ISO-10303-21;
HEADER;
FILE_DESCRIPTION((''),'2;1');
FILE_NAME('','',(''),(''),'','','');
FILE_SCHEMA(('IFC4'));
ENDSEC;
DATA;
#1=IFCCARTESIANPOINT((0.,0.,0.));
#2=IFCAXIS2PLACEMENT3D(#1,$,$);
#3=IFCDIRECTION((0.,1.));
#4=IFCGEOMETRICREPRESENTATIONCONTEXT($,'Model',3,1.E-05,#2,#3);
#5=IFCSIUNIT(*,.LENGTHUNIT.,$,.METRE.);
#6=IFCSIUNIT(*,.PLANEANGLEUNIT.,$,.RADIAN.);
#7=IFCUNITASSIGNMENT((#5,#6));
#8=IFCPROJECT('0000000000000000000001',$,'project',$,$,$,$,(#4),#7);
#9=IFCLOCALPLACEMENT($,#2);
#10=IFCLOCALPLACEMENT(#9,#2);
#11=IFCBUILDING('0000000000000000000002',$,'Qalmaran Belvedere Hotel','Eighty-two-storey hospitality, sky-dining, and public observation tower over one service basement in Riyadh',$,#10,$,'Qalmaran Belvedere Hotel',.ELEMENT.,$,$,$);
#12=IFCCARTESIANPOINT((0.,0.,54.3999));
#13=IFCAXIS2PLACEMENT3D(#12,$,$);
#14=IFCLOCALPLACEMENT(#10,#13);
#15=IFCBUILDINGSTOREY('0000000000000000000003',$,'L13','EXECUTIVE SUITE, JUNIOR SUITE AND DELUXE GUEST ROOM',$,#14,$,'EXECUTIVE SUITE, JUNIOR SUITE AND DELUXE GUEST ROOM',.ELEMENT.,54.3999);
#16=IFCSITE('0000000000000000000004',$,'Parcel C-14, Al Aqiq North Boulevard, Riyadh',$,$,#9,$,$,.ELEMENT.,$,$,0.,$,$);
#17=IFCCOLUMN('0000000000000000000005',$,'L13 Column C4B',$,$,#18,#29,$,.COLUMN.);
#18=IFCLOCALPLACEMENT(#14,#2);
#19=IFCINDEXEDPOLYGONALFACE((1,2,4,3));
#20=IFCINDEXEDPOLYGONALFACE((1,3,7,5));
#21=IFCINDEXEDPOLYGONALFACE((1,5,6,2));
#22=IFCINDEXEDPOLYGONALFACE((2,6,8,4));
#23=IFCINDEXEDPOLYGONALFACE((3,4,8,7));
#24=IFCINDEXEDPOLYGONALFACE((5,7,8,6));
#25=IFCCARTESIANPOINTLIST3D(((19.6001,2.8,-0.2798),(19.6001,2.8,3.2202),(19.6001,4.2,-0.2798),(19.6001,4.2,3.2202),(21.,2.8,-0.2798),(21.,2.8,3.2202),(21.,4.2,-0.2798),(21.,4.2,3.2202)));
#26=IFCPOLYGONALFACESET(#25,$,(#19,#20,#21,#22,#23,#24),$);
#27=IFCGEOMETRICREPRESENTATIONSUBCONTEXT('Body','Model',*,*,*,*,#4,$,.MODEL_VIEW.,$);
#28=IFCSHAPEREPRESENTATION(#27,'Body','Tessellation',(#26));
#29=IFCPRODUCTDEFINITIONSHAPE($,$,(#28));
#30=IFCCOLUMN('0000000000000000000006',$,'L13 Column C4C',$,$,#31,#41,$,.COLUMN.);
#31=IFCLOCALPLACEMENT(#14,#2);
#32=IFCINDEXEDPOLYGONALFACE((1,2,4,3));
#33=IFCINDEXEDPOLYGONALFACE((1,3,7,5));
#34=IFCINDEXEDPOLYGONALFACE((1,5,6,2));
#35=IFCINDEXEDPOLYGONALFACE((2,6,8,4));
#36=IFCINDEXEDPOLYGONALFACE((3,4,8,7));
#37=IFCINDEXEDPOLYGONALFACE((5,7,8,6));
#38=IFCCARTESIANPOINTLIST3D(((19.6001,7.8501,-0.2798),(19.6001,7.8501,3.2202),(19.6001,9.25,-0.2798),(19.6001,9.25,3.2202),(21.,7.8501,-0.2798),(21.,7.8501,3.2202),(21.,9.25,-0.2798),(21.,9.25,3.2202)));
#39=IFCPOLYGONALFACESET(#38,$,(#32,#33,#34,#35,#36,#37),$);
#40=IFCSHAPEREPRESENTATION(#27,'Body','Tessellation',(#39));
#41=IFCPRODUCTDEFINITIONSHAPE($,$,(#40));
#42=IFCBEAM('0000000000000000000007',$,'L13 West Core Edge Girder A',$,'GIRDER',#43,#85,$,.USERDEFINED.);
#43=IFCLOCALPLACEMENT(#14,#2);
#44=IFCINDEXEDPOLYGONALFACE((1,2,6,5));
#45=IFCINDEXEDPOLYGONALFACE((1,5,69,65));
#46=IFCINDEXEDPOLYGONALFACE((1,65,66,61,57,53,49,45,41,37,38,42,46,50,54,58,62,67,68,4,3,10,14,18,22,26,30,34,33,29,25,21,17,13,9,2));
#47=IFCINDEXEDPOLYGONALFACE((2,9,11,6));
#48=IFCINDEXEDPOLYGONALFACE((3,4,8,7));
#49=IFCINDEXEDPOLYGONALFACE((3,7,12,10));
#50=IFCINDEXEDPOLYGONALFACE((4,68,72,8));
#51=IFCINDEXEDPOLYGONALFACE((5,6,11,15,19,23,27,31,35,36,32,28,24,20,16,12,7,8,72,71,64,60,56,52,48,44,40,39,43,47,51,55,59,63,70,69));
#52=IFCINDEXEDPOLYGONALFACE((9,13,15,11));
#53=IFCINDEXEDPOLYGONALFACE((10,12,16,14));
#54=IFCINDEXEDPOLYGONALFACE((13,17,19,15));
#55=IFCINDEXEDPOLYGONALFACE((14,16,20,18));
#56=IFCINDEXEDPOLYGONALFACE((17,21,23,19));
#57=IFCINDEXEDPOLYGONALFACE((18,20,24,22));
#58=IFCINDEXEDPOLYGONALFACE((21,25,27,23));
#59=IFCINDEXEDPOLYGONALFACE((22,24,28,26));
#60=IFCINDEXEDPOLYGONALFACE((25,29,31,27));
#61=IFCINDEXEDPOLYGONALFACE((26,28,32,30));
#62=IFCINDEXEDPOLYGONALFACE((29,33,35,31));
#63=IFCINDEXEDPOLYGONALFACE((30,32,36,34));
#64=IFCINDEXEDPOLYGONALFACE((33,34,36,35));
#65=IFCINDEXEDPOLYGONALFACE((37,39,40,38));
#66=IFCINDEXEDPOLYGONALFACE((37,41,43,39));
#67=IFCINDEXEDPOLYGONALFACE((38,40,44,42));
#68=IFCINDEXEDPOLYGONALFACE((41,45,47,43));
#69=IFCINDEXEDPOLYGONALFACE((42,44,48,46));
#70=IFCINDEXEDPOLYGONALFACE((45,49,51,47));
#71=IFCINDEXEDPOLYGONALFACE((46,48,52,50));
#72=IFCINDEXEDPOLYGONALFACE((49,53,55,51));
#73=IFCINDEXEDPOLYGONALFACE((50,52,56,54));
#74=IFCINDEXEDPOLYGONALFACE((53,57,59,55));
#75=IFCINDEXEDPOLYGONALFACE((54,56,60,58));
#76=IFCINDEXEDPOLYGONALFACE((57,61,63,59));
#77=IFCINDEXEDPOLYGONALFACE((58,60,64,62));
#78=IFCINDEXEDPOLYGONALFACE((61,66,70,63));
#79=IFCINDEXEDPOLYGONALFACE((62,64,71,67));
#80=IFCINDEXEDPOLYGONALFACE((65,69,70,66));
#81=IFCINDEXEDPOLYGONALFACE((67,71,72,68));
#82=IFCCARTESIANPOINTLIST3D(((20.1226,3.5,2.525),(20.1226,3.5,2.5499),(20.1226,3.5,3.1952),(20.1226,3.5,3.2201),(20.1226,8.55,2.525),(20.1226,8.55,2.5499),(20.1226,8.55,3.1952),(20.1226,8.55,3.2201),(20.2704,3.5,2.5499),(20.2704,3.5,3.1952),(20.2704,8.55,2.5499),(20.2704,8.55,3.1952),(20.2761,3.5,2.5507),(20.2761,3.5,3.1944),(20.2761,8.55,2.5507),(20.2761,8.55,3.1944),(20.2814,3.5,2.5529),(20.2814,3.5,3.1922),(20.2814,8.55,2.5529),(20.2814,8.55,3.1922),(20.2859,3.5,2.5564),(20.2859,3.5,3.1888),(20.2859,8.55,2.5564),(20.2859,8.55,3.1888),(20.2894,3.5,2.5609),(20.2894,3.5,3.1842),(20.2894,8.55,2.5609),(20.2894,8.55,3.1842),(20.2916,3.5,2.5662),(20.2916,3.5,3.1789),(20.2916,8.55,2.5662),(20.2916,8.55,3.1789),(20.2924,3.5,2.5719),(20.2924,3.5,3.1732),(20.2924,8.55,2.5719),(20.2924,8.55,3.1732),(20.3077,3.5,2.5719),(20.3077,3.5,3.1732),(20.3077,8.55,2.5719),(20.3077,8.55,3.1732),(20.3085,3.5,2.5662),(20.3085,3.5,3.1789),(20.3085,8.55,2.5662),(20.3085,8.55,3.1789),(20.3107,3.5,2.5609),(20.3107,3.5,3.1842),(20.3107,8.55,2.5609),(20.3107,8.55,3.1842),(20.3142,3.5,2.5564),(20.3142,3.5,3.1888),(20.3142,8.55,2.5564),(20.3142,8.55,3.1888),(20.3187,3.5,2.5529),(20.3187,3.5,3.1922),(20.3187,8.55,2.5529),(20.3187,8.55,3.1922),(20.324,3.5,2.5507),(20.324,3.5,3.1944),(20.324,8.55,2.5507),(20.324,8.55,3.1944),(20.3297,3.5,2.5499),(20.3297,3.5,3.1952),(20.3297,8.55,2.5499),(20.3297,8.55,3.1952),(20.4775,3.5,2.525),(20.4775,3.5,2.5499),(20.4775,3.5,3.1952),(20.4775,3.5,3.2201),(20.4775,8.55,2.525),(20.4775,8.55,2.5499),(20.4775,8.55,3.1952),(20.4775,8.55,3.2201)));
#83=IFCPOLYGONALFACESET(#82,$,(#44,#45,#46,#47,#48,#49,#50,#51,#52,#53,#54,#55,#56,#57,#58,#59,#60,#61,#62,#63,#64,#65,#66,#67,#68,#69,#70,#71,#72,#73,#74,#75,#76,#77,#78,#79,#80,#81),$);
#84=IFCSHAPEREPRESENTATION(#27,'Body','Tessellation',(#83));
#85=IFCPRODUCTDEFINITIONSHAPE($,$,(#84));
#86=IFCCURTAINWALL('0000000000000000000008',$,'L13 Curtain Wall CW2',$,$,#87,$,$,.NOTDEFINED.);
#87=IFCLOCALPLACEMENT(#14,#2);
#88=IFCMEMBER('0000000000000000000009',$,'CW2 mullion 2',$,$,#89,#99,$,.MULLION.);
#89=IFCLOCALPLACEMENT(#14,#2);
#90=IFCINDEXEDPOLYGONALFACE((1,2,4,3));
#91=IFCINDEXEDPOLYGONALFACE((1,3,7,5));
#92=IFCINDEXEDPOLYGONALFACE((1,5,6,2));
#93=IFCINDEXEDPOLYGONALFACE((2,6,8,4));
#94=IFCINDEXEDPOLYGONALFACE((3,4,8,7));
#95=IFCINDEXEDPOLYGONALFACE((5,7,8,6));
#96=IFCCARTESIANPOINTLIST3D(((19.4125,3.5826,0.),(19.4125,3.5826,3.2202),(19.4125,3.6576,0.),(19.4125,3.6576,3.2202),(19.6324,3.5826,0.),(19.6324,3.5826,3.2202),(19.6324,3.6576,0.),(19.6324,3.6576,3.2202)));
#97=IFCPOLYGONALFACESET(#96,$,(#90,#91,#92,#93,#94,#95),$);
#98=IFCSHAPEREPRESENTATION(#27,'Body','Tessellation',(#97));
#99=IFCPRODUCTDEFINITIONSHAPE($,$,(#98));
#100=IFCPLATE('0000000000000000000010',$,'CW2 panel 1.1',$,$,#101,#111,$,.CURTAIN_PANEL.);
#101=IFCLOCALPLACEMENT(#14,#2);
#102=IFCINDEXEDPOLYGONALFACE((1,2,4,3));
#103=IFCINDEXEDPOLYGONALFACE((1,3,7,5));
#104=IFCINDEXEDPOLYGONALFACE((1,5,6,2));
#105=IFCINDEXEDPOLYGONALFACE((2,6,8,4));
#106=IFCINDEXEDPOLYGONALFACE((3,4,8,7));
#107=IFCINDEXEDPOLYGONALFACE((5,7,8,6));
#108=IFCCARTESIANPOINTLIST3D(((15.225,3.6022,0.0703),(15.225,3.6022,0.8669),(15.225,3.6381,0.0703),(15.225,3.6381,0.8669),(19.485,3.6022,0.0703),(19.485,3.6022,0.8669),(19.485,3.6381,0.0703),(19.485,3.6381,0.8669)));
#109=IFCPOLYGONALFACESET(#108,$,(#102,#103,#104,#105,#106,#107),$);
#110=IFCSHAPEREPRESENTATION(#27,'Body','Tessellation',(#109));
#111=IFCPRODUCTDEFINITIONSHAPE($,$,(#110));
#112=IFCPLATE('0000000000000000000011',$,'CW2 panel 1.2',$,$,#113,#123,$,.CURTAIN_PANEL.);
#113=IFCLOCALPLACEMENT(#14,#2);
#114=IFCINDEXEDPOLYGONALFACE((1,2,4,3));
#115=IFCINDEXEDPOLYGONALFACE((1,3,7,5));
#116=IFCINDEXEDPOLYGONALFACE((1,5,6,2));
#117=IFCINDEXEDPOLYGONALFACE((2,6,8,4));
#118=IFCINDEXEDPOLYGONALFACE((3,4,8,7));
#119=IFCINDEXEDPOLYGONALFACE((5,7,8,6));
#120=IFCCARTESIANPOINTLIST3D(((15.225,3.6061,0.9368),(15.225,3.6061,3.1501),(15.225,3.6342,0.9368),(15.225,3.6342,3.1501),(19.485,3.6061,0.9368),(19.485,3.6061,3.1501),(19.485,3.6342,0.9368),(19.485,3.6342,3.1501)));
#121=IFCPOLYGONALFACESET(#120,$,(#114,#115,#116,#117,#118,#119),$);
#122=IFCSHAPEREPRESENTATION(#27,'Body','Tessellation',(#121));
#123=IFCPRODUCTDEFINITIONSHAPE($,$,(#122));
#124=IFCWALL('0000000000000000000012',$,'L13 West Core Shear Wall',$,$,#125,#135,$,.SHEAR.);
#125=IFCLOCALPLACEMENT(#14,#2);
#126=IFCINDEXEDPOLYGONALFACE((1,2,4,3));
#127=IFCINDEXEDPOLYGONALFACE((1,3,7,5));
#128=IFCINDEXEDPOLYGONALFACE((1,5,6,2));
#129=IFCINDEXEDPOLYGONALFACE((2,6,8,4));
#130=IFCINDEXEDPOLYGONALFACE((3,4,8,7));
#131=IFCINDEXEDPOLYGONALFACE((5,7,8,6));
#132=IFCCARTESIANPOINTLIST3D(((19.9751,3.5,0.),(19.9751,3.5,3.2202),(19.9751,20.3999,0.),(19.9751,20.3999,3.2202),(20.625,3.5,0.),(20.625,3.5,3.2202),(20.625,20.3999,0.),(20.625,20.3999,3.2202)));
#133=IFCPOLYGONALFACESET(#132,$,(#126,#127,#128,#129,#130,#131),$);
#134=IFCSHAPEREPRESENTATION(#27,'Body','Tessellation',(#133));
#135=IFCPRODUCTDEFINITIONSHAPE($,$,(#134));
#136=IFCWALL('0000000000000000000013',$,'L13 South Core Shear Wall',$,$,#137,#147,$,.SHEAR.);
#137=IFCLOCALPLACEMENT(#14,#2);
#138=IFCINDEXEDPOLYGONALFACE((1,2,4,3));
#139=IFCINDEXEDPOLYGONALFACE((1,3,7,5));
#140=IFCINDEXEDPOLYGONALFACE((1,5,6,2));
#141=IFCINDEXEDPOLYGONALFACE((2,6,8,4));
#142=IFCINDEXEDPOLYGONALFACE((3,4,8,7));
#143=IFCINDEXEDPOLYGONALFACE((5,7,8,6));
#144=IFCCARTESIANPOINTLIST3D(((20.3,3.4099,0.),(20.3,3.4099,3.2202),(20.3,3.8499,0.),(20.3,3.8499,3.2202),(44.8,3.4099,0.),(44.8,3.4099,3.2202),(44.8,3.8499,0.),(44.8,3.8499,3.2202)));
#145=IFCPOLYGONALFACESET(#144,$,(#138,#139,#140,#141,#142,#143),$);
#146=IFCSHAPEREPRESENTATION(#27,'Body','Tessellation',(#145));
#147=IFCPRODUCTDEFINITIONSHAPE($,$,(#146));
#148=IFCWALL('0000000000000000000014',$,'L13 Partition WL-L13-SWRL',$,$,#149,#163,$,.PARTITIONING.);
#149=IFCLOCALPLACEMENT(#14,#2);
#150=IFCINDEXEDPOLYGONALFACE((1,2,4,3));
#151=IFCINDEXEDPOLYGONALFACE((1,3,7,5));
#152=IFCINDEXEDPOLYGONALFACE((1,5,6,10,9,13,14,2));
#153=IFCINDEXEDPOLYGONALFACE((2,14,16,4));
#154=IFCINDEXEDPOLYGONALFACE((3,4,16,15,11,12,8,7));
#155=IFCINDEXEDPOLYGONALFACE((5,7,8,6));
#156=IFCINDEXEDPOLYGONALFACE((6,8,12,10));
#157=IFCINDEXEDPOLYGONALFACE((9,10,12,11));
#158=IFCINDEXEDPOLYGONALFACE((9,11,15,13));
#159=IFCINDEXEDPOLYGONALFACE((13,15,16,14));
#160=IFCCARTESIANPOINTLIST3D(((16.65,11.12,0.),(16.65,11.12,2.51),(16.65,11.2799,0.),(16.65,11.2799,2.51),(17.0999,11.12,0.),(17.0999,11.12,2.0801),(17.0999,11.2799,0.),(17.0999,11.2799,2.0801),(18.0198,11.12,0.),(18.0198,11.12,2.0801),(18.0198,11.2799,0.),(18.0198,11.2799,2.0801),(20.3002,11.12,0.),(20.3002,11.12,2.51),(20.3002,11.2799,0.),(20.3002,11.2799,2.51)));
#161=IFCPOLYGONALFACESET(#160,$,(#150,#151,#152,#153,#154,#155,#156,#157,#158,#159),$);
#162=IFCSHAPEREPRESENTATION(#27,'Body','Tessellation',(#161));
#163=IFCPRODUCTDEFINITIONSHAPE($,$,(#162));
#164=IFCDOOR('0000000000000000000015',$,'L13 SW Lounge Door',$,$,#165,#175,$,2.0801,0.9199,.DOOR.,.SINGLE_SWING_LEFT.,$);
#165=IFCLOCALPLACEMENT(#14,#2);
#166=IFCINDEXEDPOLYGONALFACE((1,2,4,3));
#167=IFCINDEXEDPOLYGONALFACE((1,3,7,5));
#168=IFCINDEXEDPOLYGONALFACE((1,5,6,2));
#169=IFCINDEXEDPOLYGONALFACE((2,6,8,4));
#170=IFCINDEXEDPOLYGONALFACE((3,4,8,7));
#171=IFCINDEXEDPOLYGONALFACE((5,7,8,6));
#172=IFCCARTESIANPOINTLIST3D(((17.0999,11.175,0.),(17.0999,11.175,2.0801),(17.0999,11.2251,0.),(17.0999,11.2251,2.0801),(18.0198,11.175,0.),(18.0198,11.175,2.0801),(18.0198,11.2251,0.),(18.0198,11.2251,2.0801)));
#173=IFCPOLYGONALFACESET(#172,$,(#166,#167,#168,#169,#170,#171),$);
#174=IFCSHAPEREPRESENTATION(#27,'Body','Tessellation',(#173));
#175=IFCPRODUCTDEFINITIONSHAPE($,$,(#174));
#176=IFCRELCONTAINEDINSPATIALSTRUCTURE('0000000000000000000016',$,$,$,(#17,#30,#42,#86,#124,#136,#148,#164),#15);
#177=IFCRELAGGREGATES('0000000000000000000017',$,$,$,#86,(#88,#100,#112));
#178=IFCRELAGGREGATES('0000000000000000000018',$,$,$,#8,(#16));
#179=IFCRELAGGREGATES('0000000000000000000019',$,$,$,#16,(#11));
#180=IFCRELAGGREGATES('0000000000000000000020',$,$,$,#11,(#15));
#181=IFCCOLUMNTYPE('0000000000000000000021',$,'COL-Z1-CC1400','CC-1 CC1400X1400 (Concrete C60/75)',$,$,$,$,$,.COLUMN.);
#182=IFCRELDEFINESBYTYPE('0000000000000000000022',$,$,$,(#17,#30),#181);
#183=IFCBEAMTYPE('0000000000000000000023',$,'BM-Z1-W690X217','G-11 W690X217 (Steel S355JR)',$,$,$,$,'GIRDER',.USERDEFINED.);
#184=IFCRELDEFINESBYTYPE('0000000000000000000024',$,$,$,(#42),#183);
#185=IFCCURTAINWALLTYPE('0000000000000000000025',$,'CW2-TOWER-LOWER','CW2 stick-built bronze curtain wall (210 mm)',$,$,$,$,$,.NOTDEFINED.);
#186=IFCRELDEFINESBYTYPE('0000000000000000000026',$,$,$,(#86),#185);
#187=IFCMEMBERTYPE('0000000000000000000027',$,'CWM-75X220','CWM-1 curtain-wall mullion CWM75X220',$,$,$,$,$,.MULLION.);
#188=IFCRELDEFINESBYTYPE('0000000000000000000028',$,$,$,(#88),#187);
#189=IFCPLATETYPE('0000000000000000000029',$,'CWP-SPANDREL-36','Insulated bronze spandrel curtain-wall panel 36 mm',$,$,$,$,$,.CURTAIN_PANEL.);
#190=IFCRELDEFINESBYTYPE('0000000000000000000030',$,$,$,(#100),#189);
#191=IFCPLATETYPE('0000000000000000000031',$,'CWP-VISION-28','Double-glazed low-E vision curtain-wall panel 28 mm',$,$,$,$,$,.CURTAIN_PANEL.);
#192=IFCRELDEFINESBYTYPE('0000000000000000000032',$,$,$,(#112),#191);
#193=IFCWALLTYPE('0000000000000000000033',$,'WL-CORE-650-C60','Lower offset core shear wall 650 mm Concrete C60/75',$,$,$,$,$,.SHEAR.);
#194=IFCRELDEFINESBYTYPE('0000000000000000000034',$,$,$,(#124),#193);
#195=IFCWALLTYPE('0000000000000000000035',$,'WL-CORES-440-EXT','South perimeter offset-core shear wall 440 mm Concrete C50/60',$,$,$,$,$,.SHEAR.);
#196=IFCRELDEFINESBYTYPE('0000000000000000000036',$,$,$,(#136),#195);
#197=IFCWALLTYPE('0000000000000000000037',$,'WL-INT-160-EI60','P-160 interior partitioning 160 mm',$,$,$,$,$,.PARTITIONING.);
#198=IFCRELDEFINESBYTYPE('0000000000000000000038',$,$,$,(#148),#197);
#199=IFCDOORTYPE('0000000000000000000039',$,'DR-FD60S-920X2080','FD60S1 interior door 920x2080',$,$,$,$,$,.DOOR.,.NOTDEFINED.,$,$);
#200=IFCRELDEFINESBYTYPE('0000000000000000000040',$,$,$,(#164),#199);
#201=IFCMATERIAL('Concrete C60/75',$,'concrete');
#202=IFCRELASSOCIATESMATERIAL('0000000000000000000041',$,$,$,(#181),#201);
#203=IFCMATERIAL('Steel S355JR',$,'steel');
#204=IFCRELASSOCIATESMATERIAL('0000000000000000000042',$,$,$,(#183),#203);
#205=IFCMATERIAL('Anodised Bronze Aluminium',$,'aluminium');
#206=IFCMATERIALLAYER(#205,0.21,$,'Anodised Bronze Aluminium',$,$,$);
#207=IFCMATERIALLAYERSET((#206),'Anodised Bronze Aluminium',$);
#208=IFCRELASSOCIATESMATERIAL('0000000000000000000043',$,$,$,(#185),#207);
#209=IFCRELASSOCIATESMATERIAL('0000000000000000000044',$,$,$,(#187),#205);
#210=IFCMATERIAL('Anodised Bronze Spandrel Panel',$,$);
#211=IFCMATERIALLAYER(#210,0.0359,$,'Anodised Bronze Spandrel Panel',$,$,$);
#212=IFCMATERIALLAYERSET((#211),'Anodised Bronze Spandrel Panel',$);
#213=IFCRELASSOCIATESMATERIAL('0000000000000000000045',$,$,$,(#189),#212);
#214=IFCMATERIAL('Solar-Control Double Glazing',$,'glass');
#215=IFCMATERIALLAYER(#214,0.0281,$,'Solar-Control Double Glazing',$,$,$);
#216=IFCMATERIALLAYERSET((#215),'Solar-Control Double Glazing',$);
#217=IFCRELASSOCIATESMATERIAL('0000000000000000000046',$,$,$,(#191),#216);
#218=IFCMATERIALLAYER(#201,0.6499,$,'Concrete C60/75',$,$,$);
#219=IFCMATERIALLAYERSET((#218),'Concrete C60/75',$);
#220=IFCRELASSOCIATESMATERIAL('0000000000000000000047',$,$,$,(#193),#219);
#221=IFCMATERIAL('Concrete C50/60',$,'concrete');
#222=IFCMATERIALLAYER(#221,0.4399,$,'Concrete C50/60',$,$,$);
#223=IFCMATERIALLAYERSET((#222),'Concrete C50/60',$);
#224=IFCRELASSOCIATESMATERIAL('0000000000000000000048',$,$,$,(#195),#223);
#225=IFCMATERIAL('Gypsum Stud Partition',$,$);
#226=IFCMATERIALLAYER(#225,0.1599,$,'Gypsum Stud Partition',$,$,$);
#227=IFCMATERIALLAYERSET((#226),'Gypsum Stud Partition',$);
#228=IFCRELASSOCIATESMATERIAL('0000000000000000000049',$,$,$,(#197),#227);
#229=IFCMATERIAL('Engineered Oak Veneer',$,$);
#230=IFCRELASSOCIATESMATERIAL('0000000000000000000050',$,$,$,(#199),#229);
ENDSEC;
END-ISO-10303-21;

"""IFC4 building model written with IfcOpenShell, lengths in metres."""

from ifc_helpers import new_model, si_unit, direction, frame, frame_2d, origin, origin_2d, place, context, subcontext, project, spatial, rectangle, i_section, extrude, material, layer, layer_set, material_profile, profile_set, type_object, element, fill, aggregate, save


model = new_model("IFC4")

# Units and contexts
model_context = context("Model", 3, precision=1e-05, world=origin(), true_north=direction((0.0, 1.0)))
body_context = subcontext(model_context, "Body", "Model", "MODEL_VIEW")
ifc_project = project(units=[si_unit("LENGTHUNIT", "METRE"), si_unit("PLANEANGLEUNIT", "RADIAN")], contexts=[model_context])

# Site, building, storey
site_placement = place(None, origin())
site = spatial("IfcSite", under=ifc_project, at=site_placement, Name="Parcel C-14, Al Aqiq North Boulevard, Riyadh", CompositionType="ELEMENT", RefElevation=0.0)
building_placement = place(site_placement, origin())
building = spatial("IfcBuilding", under=site, at=building_placement, Name="Qalmaran Belvedere Hotel", Description="Eighty-two-storey hospitality, sky-dining, and public observation tower over one service basement in Riyadh", LongName="Qalmaran Belvedere Hotel", CompositionType="ELEMENT")
storey_placement = place(building_placement, frame((0.0, 0.0, 54.3999)))
storey = spatial("IfcBuildingStorey", under=building, at=storey_placement, Name="L13", Description="EXECUTIVE SUITE, JUNIOR SUITE AND DELUXE GUEST ROOM", LongName="EXECUTIVE SUITE, JUNIOR SUITE AND DELUXE GUEST ROOM", CompositionType="ELEMENT", Elevation=54.3999)

# Columns
ifc_material_1 = material(Name="Concrete C60/75", Category="concrete")
ifc_material_profile_1 = material_profile(ifc_material_1, rectangle(XDim=1.3999, YDim=1.3999, at=origin_2d()), Name="CC1400X1400")
ifc_profile_set_1 = profile_set([ifc_material_profile_1], Name="Concrete C60/75")
column_type = type_object("IfcColumnType", Name="COL-Z1-CC1400", Description="CC-1 CC1400X1400 (Concrete C60/75)", PredefinedType="COLUMN", material=ifc_profile_set_1)
for number, where, z_axis, x_axis, name in (
    (1, (20.3, 3.5, -0.2798), (0.0, 0.0, 1.0), (1.0, 0.0, 0.0), "L13 Column C4B"),
    (2, (20.3, 8.55, -0.2798), (0.0, 0.0, 1.0), (1.0, 0.0, 0.0), "L13 Column C4C"),
):
    element("IfcColumn", number, at=place(storey_placement, frame(where, z_axis=z_axis, x_axis=x_axis)), inside=storey, type_object=column_type, Name=name, PredefinedType="COLUMN", context=body_context, shape_type="SweptSolid", body=[
        extrude(rectangle(XDim=1.3999, YDim=1.3999, at=origin_2d()), origin(), (0.0, 0.0, 1.0), 3.5),
    ])

# Beam
ifc_material_2 = material(Name="Steel S355JR", Category="steel")
ifc_material_profile_2 = material_profile(ifc_material_2, i_section(OverallWidth=0.355, OverallDepth=0.6951, WebThickness=0.0154, FlangeThickness=0.0249, FilletRadius=0.022, at=origin_2d()), Name="W690X217")
ifc_profile_set_2 = profile_set([ifc_material_profile_2], Name="Steel S355JR")
beam_type = type_object("IfcBeamType", Name="BM-Z1-W690X217", Description="G-11 W690X217 (Steel S355JR)", ElementType="GIRDER", PredefinedType="USERDEFINED", material=ifc_profile_set_2)
beam_placement = place(storey_placement, frame((20.3, 3.5, 2.8726), z_axis=(0.0, 1.0, 0.0), x_axis=(-1.0, 0.0, 0.0)))
element("IfcBeam", 3, at=beam_placement, inside=storey, type_object=beam_type, Name="L13 West Core Edge Girder A", ObjectType="GIRDER", PredefinedType="USERDEFINED", context=body_context, shape_type="SweptSolid", body=[
    extrude(i_section(OverallWidth=0.355, OverallDepth=0.6951, WebThickness=0.0154, FlangeThickness=0.0249, FilletRadius=0.022, at=origin_2d()), origin(), (0.0, 0.0, 1.0), 5.05),
])

# Curtain wall, member, plates
ifc_material_3 = material(Name="Anodised Bronze Aluminium", Category="aluminium")
ifc_layer_1 = layer(ifc_material_3, 0.21, Name="Anodised Bronze Aluminium")
ifc_layer_set_1 = layer_set([ifc_layer_1], Name="Anodised Bronze Aluminium")
curtain_wall_type = type_object("IfcCurtainWallType", Name="CW2-TOWER-LOWER", Description="CW2 stick-built bronze curtain wall (210 mm)", PredefinedType="NOTDEFINED", material=ifc_layer_set_1)
curtain_wall_placement = place(storey_placement, origin())
curtain_wall = element("IfcCurtainWall", 4, at=curtain_wall_placement, inside=storey, type_object=curtain_wall_type, Name="L13 Curtain Wall CW2", PredefinedType="NOTDEFINED")
ifc_material_profile_3 = material_profile(ifc_material_3, rectangle(XDim=0.075, YDim=0.22, at=origin_2d()), Name="CWM75X220")
ifc_profile_set_3 = profile_set([ifc_material_profile_3], Name="Anodised Bronze Aluminium")
member_type = type_object("IfcMemberType", Name="CWM-75X220", Description="CWM-1 curtain-wall mullion CWM75X220", PredefinedType="MULLION", material=ifc_profile_set_3)
member_placement = place(storey_placement, frame((19.5225, 3.6201, 0.0), z_axis=(0.0, 0.0, 1.0), x_axis=(0.0, 1.0, 0.0)))
member = element("IfcMember", 5, at=member_placement, type_object=member_type, Name="CW2 mullion 2", PredefinedType="MULLION", context=body_context, shape_type="SweptSolid", body=[
    extrude(rectangle(XDim=0.075, YDim=0.22, at=origin_2d()), origin(), (0.0, 0.0, 1.0), 3.2202),
])
ifc_material_4 = material(Name="Anodised Bronze Spandrel Panel")
ifc_layer_2 = layer(ifc_material_4, 0.0359, Name="Anodised Bronze Spandrel Panel")
ifc_layer_set_2 = layer_set([ifc_layer_2], Name="Anodised Bronze Spandrel Panel")
plate_type_1 = type_object("IfcPlateType", Name="CWP-SPANDREL-36", Description="Insulated bronze spandrel curtain-wall panel 36 mm", PredefinedType="CURTAIN_PANEL", material=ifc_layer_set_2)
plate_1_placement = place(storey_placement, frame((17.355, 3.6201, 0.0703), z_axis=(0.0, 0.0, 1.0), x_axis=(1.0, 0.0, 0.0)))
plate_1 = element("IfcPlate", 6, at=plate_1_placement, type_object=plate_type_1, Name="CW2 panel 1.1", PredefinedType="CURTAIN_PANEL", context=body_context, shape_type="SweptSolid", body=[
    extrude(rectangle(XDim=4.26, YDim=0.0359, at=origin_2d()), origin(), (0.0, 0.0, 1.0), 0.7966),
])
ifc_material_5 = material(Name="Solar-Control Double Glazing", Category="glass")
ifc_layer_3 = layer(ifc_material_5, 0.0281, Name="Solar-Control Double Glazing")
ifc_layer_set_3 = layer_set([ifc_layer_3], Name="Solar-Control Double Glazing")
plate_type_2 = type_object("IfcPlateType", Name="CWP-VISION-28", Description="Double-glazed low-E vision curtain-wall panel 28 mm", PredefinedType="CURTAIN_PANEL", material=ifc_layer_set_3)
plate_2_placement = place(storey_placement, frame((17.355, 3.6201, 0.9368), z_axis=(0.0, 0.0, 1.0), x_axis=(1.0, 0.0, 0.0)))
plate_2 = element("IfcPlate", 7, at=plate_2_placement, type_object=plate_type_2, Name="CW2 panel 1.2", PredefinedType="CURTAIN_PANEL", context=body_context, shape_type="SweptSolid", body=[
    extrude(rectangle(XDim=4.26, YDim=0.0281, at=origin_2d()), origin(), (0.0, 0.0, 1.0), 2.2134),
])
aggregate(curtain_wall, [member, plate_1, plate_2])

# Walls
ifc_layer_4 = layer(ifc_material_1, 0.6499, Name="Concrete C60/75")
ifc_layer_set_4 = layer_set([ifc_layer_4], Name="Concrete C60/75")
wall_type_1 = type_object("IfcWallType", Name="WL-CORE-650-C60", Description="Lower offset core shear wall 650 mm Concrete C60/75", PredefinedType="SHEAR", material=ifc_layer_set_4)
wall_1_placement = place(storey_placement, frame((20.3, 3.5, 0.0), z_axis=(0.0, 0.0, 1.0), x_axis=(0.0, 1.0, 0.0)))
element("IfcWall", 8, at=wall_1_placement, inside=storey, type_object=wall_type_1, Name="L13 West Core Shear Wall", PredefinedType="SHEAR", context=body_context, shape_type="SweptSolid", body=[
    extrude(rectangle(XDim=16.8999, YDim=0.6499, at=frame_2d((8.45, 0.0))), origin(), (0.0, 0.0, 1.0), 3.2202),
])
ifc_material_6 = material(Name="Concrete C50/60", Category="concrete")
ifc_layer_5 = layer(ifc_material_6, 0.4399, Name="Concrete C50/60")
ifc_layer_set_5 = layer_set([ifc_layer_5], Name="Concrete C50/60")
wall_type_2 = type_object("IfcWallType", Name="WL-CORES-440-EXT", Description="South perimeter offset-core shear wall 440 mm Concrete C50/60", PredefinedType="SHEAR", material=ifc_layer_set_5)
wall_2_placement = place(storey_placement, frame((20.3, 3.6299, 0.0), z_axis=(0.0, 0.0, 1.0), x_axis=(1.0, 0.0, 0.0)))
element("IfcWall", 9, at=wall_2_placement, inside=storey, type_object=wall_type_2, Name="L13 South Core Shear Wall", PredefinedType="SHEAR", context=body_context, shape_type="SweptSolid", body=[
    extrude(rectangle(XDim=24.5, YDim=0.4399, at=frame_2d((12.25, 0.0))), origin(), (0.0, 0.0, 1.0), 3.2202),
])

# Wall, opening, door
ifc_material_7 = material(Name="Gypsum Stud Partition")
ifc_layer_6 = layer(ifc_material_7, 0.1599, Name="Gypsum Stud Partition")
ifc_layer_set_6 = layer_set([ifc_layer_6], Name="Gypsum Stud Partition")
wall_type_3 = type_object("IfcWallType", Name="WL-INT-160-EI60", Description="P-160 interior partitioning 160 mm", PredefinedType="PARTITIONING", material=ifc_layer_set_6)
wall_3_placement = place(storey_placement, frame((16.6499, 11.2, 0.0), z_axis=(0.0, 0.0, 1.0), x_axis=(1.0, 0.0, 0.0)))
wall_3 = element("IfcWall", 10, at=wall_3_placement, inside=storey, type_object=wall_type_3, Name="L13 Partition WL-L13-SWRL", PredefinedType="PARTITIONING", context=body_context, shape_type="SweptSolid", body=[
    extrude(rectangle(XDim=3.6501, YDim=0.1599, at=frame_2d((1.8252, 0.0))), origin(), (0.0, 0.0, 1.0), 2.51),
])
opening_1_placement = place(wall_3_placement, frame((1.3699, 0.0, 0.0), z_axis=(0.0, 0.0, 1.0), x_axis=(-1.0, 0.0, 0.0)))
opening_1 = element("IfcOpeningElement", 11, at=opening_1_placement, cuts=wall_3, PredefinedType="OPENING", context=body_context, shape_type="SweptSolid", body=[
    extrude(rectangle(XDim=0.9199, YDim=2.0801, at=frame_2d((0.46, 1.04))), frame((0.0, 0.0898, 0.0), z_axis=(0.0, -1.0, 0.0), x_axis=(1.0, 0.0, 0.0)), (0.0, 0.0, 1.0), 0.1799),
])
ifc_material_8 = material(Name="Engineered Oak Veneer")
door_type_1 = type_object("IfcDoorType", Name="DR-FD60S-920X2080", Description="FD60S1 interior door 920x2080", OperationType="NOTDEFINED", PredefinedType="DOOR", material=ifc_material_8)
door_1_placement = place(opening_1_placement, origin())
door_1 = element("IfcDoor", 12, at=door_1_placement, inside=storey, type_object=door_type_1, Name="L13 SW Lounge Door", OperationType="SINGLE_SWING_LEFT", OverallHeight=2.0801, OverallWidth=0.9199, PredefinedType="DOOR", context=body_context, shape_type="SweptSolid", body=[
    extrude(rectangle(XDim=0.9199, YDim=2.0801, at=frame_2d((0.46, 1.04))), frame((0.0, 0.0249, 0.0), z_axis=(0.0, -1.0, 0.0), x_axis=(1.0, 0.0, 0.0)), (0.0, 0.0, 1.0), 0.05),
])
fill(opening_1, door_1)

save(model, "model.ifc")
